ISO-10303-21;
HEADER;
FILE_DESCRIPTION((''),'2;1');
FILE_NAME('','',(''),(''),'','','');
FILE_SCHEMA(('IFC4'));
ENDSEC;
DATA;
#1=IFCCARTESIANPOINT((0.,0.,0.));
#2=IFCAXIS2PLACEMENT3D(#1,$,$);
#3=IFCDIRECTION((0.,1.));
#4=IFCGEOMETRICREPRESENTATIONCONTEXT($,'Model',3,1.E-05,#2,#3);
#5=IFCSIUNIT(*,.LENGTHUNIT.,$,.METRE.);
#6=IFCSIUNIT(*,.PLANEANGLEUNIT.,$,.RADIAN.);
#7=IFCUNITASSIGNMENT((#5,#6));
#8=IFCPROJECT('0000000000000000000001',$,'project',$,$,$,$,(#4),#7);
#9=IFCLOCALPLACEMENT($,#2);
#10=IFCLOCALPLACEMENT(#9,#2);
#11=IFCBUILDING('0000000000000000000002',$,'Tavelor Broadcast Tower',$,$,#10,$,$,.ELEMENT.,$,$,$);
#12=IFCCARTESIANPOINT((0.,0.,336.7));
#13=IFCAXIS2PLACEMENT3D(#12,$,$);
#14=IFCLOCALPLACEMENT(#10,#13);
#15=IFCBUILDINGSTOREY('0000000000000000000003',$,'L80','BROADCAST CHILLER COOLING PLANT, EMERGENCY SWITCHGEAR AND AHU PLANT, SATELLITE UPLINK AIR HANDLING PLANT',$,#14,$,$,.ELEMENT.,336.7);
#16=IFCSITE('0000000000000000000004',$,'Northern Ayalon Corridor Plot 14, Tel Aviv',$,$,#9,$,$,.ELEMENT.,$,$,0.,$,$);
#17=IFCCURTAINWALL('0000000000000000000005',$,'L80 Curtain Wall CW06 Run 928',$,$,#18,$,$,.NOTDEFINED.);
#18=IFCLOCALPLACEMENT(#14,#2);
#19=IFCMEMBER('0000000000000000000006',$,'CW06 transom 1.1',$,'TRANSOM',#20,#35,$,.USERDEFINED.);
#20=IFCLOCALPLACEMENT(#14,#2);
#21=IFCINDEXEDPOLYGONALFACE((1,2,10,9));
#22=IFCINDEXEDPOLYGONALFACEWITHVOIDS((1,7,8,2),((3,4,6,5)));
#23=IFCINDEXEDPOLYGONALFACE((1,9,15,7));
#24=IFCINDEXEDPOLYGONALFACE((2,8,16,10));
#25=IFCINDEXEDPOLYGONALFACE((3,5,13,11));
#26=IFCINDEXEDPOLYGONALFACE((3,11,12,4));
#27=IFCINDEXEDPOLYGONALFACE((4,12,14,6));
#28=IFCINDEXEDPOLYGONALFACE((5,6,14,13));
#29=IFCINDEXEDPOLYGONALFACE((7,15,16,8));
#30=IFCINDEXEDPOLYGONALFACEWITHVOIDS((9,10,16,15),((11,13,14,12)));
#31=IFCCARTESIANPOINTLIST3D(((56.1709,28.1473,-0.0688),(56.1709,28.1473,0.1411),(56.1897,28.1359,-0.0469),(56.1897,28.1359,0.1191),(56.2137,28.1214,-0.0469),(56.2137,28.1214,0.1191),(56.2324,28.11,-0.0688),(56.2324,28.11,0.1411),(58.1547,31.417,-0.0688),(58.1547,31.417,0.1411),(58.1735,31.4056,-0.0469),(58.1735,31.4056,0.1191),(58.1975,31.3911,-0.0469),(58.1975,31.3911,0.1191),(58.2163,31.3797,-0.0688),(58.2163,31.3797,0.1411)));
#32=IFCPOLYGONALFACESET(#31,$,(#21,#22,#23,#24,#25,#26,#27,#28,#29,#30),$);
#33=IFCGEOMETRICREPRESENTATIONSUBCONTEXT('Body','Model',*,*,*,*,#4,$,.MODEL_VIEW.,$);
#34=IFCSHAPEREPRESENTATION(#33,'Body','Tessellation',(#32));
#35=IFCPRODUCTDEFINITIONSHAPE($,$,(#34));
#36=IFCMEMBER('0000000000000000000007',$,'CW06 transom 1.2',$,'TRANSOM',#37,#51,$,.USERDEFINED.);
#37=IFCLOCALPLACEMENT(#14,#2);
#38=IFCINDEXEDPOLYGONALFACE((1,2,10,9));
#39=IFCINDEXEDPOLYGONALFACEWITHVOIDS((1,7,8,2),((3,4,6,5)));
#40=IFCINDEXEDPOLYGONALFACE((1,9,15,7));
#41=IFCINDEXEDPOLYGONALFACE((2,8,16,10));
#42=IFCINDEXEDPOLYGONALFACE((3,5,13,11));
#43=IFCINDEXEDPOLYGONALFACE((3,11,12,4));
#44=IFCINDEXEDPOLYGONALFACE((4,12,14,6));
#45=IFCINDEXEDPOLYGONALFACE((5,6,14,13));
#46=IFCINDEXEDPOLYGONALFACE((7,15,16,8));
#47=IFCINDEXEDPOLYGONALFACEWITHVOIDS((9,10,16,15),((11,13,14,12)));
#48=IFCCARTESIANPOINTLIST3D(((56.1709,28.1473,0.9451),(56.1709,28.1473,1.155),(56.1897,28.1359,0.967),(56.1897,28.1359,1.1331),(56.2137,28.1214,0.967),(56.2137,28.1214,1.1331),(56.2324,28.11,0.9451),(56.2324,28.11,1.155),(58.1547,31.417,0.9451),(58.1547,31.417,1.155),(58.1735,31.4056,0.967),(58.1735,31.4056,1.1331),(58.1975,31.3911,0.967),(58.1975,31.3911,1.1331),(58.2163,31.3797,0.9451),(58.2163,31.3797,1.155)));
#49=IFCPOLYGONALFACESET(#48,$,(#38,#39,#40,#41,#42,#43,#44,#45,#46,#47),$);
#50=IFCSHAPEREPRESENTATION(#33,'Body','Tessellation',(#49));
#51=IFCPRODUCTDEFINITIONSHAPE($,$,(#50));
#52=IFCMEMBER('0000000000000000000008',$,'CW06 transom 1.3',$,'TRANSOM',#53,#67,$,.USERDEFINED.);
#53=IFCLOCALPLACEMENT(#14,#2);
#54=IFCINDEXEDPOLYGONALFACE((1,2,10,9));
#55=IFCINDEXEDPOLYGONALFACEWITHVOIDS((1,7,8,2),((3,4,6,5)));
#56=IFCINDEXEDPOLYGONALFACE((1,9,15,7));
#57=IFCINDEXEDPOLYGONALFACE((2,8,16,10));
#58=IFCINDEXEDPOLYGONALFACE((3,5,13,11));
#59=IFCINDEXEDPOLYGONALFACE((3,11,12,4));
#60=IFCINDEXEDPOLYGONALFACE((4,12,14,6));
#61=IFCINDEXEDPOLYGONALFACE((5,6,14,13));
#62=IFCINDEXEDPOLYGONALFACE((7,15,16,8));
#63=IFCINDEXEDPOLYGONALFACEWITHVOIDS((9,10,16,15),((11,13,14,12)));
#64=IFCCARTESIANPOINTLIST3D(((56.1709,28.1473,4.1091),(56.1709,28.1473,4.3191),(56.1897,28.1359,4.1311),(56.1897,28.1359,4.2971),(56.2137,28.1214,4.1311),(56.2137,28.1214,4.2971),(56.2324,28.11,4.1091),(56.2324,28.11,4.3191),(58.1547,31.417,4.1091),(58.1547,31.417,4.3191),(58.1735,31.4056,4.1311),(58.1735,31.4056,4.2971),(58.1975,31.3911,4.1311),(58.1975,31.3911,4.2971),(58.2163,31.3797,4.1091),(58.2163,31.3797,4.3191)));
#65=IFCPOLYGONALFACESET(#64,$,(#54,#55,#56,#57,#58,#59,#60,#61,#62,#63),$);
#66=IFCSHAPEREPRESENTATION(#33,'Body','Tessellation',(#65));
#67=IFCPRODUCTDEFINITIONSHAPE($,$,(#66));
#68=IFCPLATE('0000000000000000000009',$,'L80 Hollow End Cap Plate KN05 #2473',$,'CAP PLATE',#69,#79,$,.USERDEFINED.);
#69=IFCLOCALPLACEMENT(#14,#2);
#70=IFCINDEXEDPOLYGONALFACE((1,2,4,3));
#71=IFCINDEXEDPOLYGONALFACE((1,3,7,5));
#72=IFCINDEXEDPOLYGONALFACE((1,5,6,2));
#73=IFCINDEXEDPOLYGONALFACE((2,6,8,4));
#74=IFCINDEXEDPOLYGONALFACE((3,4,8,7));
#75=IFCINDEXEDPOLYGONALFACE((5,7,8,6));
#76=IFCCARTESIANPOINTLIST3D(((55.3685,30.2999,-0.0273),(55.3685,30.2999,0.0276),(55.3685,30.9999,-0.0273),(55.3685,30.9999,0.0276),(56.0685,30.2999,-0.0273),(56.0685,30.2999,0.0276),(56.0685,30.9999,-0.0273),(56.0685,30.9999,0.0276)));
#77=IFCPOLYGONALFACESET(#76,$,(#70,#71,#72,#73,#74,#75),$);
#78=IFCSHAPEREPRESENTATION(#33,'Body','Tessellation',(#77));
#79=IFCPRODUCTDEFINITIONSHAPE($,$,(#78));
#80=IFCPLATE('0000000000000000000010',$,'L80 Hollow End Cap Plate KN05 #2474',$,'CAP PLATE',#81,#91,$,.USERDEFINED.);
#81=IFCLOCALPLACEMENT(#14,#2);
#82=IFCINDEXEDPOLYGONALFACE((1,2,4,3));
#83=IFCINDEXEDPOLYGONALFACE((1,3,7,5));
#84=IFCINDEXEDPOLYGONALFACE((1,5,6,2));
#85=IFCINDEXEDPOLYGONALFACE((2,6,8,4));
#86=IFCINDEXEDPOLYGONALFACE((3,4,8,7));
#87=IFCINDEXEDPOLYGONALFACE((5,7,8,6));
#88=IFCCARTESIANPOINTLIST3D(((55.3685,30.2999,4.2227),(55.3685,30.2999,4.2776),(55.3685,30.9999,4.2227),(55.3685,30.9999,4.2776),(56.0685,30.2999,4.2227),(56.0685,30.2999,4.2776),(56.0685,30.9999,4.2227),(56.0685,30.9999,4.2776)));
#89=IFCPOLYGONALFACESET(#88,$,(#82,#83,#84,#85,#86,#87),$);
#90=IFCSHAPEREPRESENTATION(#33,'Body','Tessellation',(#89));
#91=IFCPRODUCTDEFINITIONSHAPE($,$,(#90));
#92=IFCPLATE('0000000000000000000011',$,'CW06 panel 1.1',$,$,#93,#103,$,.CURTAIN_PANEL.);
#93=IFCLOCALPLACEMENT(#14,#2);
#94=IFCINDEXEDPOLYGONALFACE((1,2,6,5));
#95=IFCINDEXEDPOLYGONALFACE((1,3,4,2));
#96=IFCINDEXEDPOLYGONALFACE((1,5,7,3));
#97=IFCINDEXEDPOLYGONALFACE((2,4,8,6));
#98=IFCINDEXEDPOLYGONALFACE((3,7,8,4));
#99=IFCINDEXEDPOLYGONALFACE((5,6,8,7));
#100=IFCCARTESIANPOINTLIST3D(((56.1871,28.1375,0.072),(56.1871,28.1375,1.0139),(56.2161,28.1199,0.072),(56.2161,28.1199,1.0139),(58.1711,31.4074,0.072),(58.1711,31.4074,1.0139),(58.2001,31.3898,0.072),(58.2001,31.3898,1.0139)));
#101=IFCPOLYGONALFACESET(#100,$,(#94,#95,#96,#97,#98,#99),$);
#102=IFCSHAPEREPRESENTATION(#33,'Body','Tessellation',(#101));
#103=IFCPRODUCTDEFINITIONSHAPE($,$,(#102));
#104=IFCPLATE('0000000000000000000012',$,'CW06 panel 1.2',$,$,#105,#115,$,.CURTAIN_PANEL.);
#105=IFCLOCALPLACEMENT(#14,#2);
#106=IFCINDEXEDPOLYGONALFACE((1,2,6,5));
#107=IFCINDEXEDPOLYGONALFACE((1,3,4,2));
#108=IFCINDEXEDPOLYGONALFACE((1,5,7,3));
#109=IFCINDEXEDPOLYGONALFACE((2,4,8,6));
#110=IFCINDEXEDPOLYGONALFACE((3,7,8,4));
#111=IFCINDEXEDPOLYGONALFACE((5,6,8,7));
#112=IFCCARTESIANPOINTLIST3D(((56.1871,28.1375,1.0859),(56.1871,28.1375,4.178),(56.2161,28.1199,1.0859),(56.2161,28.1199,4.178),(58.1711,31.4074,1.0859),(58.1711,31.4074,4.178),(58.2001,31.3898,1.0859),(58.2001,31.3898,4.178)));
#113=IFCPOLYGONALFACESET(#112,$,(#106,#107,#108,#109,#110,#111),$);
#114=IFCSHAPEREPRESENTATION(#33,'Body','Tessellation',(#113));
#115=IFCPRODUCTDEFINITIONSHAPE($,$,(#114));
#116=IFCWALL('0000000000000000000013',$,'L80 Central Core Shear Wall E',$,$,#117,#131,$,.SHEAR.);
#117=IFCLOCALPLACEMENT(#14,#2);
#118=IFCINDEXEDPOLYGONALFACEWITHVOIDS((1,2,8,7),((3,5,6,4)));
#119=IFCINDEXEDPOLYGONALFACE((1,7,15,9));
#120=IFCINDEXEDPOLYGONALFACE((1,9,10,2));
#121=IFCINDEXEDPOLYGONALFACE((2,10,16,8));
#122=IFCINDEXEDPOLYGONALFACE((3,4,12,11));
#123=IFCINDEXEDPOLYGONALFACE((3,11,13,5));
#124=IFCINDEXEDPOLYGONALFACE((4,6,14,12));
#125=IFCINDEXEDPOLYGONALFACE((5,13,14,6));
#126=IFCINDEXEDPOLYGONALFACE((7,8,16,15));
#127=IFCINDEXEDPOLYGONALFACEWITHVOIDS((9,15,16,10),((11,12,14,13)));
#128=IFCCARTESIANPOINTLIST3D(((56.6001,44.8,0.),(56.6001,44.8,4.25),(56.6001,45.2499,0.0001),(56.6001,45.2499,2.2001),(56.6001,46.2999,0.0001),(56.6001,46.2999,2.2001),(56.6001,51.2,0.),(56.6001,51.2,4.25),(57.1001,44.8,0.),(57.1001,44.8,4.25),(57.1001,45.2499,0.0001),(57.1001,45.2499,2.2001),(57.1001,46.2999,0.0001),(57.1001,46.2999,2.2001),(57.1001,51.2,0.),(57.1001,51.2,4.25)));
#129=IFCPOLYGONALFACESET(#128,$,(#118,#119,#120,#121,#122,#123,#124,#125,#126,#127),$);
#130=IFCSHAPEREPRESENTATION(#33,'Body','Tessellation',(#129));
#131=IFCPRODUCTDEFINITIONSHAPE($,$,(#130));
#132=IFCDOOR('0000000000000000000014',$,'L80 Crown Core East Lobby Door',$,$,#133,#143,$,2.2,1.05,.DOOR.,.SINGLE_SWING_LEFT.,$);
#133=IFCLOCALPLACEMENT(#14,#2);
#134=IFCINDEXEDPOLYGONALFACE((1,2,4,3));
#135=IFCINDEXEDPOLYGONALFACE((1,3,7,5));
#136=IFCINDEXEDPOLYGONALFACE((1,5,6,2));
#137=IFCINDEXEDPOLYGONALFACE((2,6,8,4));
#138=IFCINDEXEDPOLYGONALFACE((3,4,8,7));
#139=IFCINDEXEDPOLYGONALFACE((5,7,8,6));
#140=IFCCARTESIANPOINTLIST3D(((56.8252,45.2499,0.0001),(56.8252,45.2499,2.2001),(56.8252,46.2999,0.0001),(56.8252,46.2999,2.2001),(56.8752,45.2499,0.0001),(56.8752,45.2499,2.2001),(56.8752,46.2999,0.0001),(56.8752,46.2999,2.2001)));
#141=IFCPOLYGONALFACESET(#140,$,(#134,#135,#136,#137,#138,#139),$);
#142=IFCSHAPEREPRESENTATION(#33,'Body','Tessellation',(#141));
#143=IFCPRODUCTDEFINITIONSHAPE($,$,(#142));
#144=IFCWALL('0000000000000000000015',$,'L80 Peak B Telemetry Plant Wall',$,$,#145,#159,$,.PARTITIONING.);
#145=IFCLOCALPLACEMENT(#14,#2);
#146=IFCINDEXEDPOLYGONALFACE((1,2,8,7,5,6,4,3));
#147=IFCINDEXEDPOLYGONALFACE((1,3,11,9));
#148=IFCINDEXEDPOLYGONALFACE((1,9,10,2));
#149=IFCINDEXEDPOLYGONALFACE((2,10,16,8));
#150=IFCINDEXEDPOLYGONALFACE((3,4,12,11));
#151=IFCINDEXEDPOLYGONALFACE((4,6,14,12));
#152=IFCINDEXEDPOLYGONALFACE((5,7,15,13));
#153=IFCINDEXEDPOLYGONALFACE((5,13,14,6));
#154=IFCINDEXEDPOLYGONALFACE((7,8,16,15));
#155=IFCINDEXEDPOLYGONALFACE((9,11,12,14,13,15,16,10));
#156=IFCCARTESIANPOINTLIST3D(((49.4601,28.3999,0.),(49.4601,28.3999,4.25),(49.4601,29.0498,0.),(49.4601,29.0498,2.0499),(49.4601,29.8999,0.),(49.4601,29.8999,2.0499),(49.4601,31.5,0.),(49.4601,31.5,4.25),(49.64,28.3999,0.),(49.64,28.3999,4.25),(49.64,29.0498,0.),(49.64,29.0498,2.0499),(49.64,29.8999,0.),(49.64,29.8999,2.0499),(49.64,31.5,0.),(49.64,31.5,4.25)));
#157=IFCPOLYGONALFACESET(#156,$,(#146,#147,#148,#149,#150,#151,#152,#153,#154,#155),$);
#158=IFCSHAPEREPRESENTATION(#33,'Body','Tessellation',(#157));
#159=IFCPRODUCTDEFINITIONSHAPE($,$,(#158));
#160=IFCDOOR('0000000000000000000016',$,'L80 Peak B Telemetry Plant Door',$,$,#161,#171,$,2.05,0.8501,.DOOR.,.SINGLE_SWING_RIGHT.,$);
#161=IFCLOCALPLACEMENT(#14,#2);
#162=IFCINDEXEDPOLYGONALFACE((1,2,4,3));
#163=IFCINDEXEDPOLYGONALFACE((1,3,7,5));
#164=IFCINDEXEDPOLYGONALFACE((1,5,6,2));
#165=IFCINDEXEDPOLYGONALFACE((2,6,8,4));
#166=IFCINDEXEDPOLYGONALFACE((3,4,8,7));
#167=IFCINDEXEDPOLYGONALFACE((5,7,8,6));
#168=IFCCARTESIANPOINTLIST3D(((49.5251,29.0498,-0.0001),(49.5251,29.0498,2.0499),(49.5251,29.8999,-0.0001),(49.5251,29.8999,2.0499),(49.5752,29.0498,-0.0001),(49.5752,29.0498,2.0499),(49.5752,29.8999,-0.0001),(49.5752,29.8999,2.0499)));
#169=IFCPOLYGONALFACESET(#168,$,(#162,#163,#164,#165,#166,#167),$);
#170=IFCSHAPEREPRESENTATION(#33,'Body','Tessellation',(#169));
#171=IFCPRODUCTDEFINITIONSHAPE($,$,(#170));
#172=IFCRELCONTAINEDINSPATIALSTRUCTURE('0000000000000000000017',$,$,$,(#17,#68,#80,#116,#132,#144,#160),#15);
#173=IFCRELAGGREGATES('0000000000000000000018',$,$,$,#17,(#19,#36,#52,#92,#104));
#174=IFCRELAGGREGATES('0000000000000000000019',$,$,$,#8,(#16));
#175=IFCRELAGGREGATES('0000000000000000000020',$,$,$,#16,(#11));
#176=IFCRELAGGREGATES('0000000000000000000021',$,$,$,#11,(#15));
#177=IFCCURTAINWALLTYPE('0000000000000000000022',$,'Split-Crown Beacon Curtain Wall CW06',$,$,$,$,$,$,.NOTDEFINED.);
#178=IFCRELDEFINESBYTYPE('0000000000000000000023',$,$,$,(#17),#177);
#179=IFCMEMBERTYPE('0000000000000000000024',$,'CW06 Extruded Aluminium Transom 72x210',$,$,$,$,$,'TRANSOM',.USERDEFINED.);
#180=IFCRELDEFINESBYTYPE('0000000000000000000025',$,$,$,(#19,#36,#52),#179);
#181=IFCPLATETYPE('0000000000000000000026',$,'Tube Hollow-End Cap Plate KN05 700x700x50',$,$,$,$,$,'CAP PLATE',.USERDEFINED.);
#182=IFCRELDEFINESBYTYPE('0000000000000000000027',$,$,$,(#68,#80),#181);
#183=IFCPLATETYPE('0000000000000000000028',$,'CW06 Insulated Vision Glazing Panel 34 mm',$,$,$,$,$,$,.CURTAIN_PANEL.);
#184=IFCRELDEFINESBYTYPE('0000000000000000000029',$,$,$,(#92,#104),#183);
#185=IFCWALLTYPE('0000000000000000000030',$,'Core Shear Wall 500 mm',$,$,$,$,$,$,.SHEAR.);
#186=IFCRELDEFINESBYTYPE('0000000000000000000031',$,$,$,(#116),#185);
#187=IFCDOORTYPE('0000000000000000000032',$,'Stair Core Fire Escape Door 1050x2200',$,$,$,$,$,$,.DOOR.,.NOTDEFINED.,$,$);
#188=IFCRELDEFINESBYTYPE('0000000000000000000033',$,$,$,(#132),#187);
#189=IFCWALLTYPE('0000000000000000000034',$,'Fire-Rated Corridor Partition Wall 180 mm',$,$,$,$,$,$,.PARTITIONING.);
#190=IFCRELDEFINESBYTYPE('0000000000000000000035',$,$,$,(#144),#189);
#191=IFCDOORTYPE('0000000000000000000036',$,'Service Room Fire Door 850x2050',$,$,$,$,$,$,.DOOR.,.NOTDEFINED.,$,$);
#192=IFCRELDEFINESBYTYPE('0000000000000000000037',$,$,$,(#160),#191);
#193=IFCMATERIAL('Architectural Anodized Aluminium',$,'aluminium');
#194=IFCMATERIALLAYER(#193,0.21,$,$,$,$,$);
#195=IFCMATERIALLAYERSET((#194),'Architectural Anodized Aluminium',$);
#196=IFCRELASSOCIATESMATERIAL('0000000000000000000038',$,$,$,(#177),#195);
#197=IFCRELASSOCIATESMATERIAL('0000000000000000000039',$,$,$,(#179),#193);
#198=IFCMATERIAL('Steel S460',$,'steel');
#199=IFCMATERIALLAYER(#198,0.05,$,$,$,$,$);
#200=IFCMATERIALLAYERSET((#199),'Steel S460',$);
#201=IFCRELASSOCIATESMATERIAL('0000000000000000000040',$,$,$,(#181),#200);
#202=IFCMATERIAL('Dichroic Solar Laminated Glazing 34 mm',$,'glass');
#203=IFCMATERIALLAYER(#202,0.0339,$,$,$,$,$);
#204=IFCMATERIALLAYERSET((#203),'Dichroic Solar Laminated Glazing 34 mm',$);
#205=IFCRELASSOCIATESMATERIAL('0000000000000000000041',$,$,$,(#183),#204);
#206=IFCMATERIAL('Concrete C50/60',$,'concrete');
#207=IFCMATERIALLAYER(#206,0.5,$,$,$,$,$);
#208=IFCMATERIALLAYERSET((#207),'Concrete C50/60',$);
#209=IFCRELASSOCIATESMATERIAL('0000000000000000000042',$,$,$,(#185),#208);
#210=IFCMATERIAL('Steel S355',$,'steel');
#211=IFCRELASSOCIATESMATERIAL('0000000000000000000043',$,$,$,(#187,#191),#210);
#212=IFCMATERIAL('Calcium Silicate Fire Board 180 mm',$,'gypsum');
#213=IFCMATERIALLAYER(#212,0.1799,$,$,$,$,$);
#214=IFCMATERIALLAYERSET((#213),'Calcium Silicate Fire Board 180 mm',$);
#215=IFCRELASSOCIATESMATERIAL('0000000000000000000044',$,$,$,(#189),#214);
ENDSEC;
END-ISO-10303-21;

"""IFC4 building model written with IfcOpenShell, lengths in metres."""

from ifc_helpers import new_model, si_unit, direction, frame, frame_2d, origin, origin_2d, place, context, subcontext, project, spatial, rectangle, hollow_rectangle, extrude, source, transform, mapped, material, layer, layer_set, material_profile, profile_set, type_object, type_shapes, element, fill, aggregate, save


model = new_model("IFC4")

# Units and contexts
model_context = context("Model", 3, precision=1e-05, world=origin(), true_north=direction((0.0, 1.0)))
body_context = subcontext(model_context, "Body", "Model", "MODEL_VIEW")
ifc_project = project(units=[si_unit("LENGTHUNIT", "METRE"), si_unit("PLANEANGLEUNIT", "RADIAN")], contexts=[model_context])

# Site, building, storey
site_placement = place(None, origin())
site = spatial("IfcSite", under=ifc_project, at=site_placement, Name="Northern Ayalon Corridor Plot 14, Tel Aviv", CompositionType="ELEMENT", RefElevation=0.0)
building_placement = place(site_placement, origin())
building = spatial("IfcBuilding", under=site, at=building_placement, Name="Tavelor Broadcast Tower", CompositionType="ELEMENT")
storey_placement = place(building_placement, frame((0.0, 0.0, 336.7)))
storey = spatial("IfcBuildingStorey", under=building, at=storey_placement, Name="L80", Description="BROADCAST CHILLER COOLING PLANT, EMERGENCY SWITCHGEAR AND AHU PLANT, SATELLITE UPLINK AIR HANDLING PLANT", CompositionType="ELEMENT", Elevation=336.7)

# Shared definitions
ifc_material_1 = material(Name="Steel S355", Category="steel")

# Shared definitions
ifc_material_2 = material(Name="Architectural Anodized Aluminium", Category="aluminium")
ifc_layer_1 = layer(ifc_material_2, 0.21)
ifc_layer_set_1 = layer_set([ifc_layer_1], Name="Architectural Anodized Aluminium")
curtain_wall_type = type_object("IfcCurtainWallType", Name="Split-Crown Beacon Curtain Wall CW06", PredefinedType="NOTDEFINED", material=ifc_layer_set_1)

# Curtain wall
curtain_wall_1_placement = place(storey_placement, origin())
curtain_wall_1 = element("IfcCurtainWall", 1, at=curtain_wall_1_placement, inside=storey, type_object=curtain_wall_type, Name="L80 Curtain Wall CW06 Run 928", PredefinedType="NOTDEFINED")

# Members
ifc_material_profile_1 = material_profile(ifc_material_2, hollow_rectangle(XDim=0.072, YDim=0.21, WallThickness=0.022, at=origin_2d()), Name="RHS 72x210x22")
ifc_profile_set_1 = profile_set([ifc_material_profile_1], Name="Architectural Anodized Aluminium")
member_type_1 = type_object("IfcMemberType", Name="CW06 Extruded Aluminium Transom 72x210", ElementType="TRANSOM", PredefinedType="USERDEFINED", material=ifc_profile_set_1)
shared_shape_1 = source(origin(), body_context, "Body", "SweptSolid", [
    extrude(hollow_rectangle(XDim=0.072, YDim=0.21, WallThickness=0.022, at=origin_2d()), origin(), (0.0, 0.0, 1.0), 3.8245),
])
member_1_placement = place(storey_placement, frame((56.2017, 28.1287, 0.0361), z_axis=(0.518723, 0.854942, 0.0), x_axis=(-0.854942, 0.518723, 0.0)))
member_1 = element("IfcMember", 2, at=member_1_placement, type_object=member_type_1, Name="CW06 transom 1.1", ObjectType="TRANSOM", PredefinedType="USERDEFINED", context=body_context, shape_type="MappedRepresentation", body=[
    mapped(shared_shape_1, transform((0.0, 0.0, 0.0), scale=1.0)),
])
member_2_placement = place(storey_placement, frame((56.2017, 28.1287, 1.05), z_axis=(0.518723, 0.854942, 0.0), x_axis=(-0.854942, 0.518723, 0.0)))
member_2 = element("IfcMember", 3, at=member_2_placement, type_object=member_type_1, Name="CW06 transom 1.2", ObjectType="TRANSOM", PredefinedType="USERDEFINED", context=body_context, shape_type="MappedRepresentation", body=[
    mapped(shared_shape_1, transform((0.0, 0.0, 0.0), scale=1.0)),
])
member_3_placement = place(storey_placement, frame((56.2017, 28.1287, 4.2141), z_axis=(0.518723, 0.854942, 0.0), x_axis=(-0.854942, 0.518723, 0.0)))
member_3 = element("IfcMember", 4, at=member_3_placement, type_object=member_type_1, Name="CW06 transom 1.3", ObjectType="TRANSOM", PredefinedType="USERDEFINED", context=body_context, shape_type="MappedRepresentation", body=[
    mapped(shared_shape_1, transform((0.0, 0.0, 0.0), scale=1.0)),
])

# Plates
ifc_material_3 = material(Name="Steel S460", Category="steel")
ifc_layer_2 = layer(ifc_material_3, 0.05)
ifc_layer_set_2 = layer_set([ifc_layer_2], Name="Steel S460")
plate_type_1 = type_object("IfcPlateType", Name="Tube Hollow-End Cap Plate KN05 700x700x50", ElementType="CAP PLATE", PredefinedType="USERDEFINED", material=ifc_layer_set_2)
shared_shape_2 = source(origin(), body_context, "Body", "SweptSolid", [
    extrude(rectangle(XDim=0.7, YDim=0.7, at=origin_2d()), origin(), (0.0, 0.0, 1.0), 0.0549),
])
type_shapes(plate_type_1, [shared_shape_2])
for number, where, z_axis, x_axis, name in (
    (5, (55.7185, 30.6499, -0.0273), (0.0, 0.0, 1.0), (1.0, 0.0, 0.0), "L80 Hollow End Cap Plate KN05 #2473"),
    (6, (55.7185, 30.6499, 4.2227), (0.0, 0.0, 1.0), (1.0, 0.0, 0.0), "L80 Hollow End Cap Plate KN05 #2474"),
):
    element("IfcPlate", number, at=place(storey_placement, frame(where, z_axis=z_axis, x_axis=x_axis)), inside=storey, type_object=plate_type_1, Name=name, ObjectType="CAP PLATE", PredefinedType="USERDEFINED", context=body_context, shape_type="MappedRepresentation", body=[
        mapped(shared_shape_2, transform((0.0, 0.0, 0.0), scale=1.0)),
    ])

# Plates
ifc_material_4 = material(Name="Dichroic Solar Laminated Glazing 34 mm", Category="glass")
ifc_layer_3 = layer(ifc_material_4, 0.0339)
ifc_layer_set_3 = layer_set([ifc_layer_3], Name="Dichroic Solar Laminated Glazing 34 mm")
plate_type_2 = type_object("IfcPlateType", Name="CW06 Insulated Vision Glazing Panel 34 mm", PredefinedType="CURTAIN_PANEL", material=ifc_layer_set_3)
shared_shape_3 = source(origin(), body_context, "Body", "SweptSolid", [
    extrude(rectangle(XDim=3.8247, YDim=0.0339, at=origin_2d()), origin(), (0.0, 0.0, 1.0), 0.9419),
])
plate_1_placement = place(storey_placement, frame((57.1936, 29.7637, 0.072), z_axis=(0.0, 0.0, 1.0), x_axis=(0.518743, 0.85493, 0.0)))
plate_1 = element("IfcPlate", 7, at=plate_1_placement, type_object=plate_type_2, Name="CW06 panel 1.1", PredefinedType="CURTAIN_PANEL", context=body_context, shape_type="MappedRepresentation", body=[
    mapped(shared_shape_3, transform((0.0, 0.0, 0.0), scale=1.0)),
])
shared_shape_4 = source(origin(), body_context, "Body", "SweptSolid", [
    extrude(rectangle(XDim=3.8247, YDim=0.0339, at=origin_2d()), origin(), (0.0, 0.0, 1.0), 3.092),
])
type_shapes(plate_type_2, [shared_shape_3, shared_shape_4])
plate_2_placement = place(storey_placement, frame((57.1936, 29.7637, 1.0859), z_axis=(0.0, 0.0, 1.0), x_axis=(0.518743, 0.85493, 0.0)))
plate_2 = element("IfcPlate", 8, at=plate_2_placement, type_object=plate_type_2, Name="CW06 panel 1.2", PredefinedType="CURTAIN_PANEL", context=body_context, shape_type="MappedRepresentation", body=[
    mapped(shared_shape_4, transform((0.0, 0.0, 0.0), scale=1.0)),
])
aggregate(curtain_wall_1, [member_1, member_2, member_3, plate_1, plate_2])

# Walls, openings, doors
ifc_material_5 = material(Name="Concrete C50/60", Category="concrete")
ifc_layer_4 = layer(ifc_material_5, 0.5)
ifc_layer_set_4 = layer_set([ifc_layer_4], Name="Concrete C50/60")
wall_type_1 = type_object("IfcWallType", Name="Core Shear Wall 500 mm", PredefinedType="SHEAR", material=ifc_layer_set_4)
wall_1_placement = place(storey_placement, frame((56.8501, 44.8, 0.0), z_axis=(0.0, 0.0, 1.0), x_axis=(0.0, 1.0, 0.0)))
wall_1 = element("IfcWall", 9, at=wall_1_placement, inside=storey, type_object=wall_type_1, Name="L80 Central Core Shear Wall E", PredefinedType="SHEAR", context=body_context, shape_type="SweptSolid", body=[
    extrude(rectangle(XDim=6.3999, YDim=0.5, at=frame_2d((3.2, 0.0))), origin(), (0.0, 0.0, 1.0), 4.25),
])
opening_1_placement = place(wall_1_placement, frame((0.45, 0.0, 0.0)))
opening_1 = element("IfcOpeningElement", 10, at=opening_1_placement, cuts=wall_1, PredefinedType="OPENING", context=body_context, shape_type="SweptSolid", body=[
    extrude(rectangle(XDim=1.05, YDim=2.2, at=frame_2d((0.5249, 1.1001))), frame((0.0, 0.26, 0.0), z_axis=(0.0, -1.0, 0.0), x_axis=(1.0, 0.0, 0.0)), (0.0, 0.0, 1.0), 0.52),
])
door_type_1 = type_object("IfcDoorType", Name="Stair Core Fire Escape Door 1050x2200", OperationType="NOTDEFINED", PredefinedType="DOOR", material=ifc_material_1)
door_1_placement = place(opening_1_placement, origin())
door_1 = element("IfcDoor", 11, at=door_1_placement, inside=storey, type_object=door_type_1, Name="L80 Crown Core East Lobby Door", OperationType="SINGLE_SWING_LEFT", OverallHeight=2.2, OverallWidth=1.05, PredefinedType="DOOR", context=body_context, shape_type="SweptSolid", body=[
    extrude(rectangle(XDim=1.05, YDim=2.2, at=frame_2d((0.5249, 1.1001))), frame((0.0, 0.0249, 0.0), z_axis=(0.0, -1.0, 0.0), x_axis=(1.0, 0.0, 0.0)), (0.0, 0.0, 1.0), 0.05),
])
fill(opening_1, door_1)
ifc_material_6 = material(Name="Calcium Silicate Fire Board 180 mm", Category="gypsum")
ifc_layer_5 = layer(ifc_material_6, 0.1799)
ifc_layer_set_5 = layer_set([ifc_layer_5], Name="Calcium Silicate Fire Board 180 mm")
wall_type_2 = type_object("IfcWallType", Name="Fire-Rated Corridor Partition Wall 180 mm", PredefinedType="PARTITIONING", material=ifc_layer_set_5)
wall_2_placement = place(storey_placement, frame((49.55, 28.3999, 0.0), z_axis=(0.0, 0.0, 1.0), x_axis=(0.0, 1.0, 0.0)))
wall_2 = element("IfcWall", 12, at=wall_2_placement, inside=storey, type_object=wall_type_2, Name="L80 Peak B Telemetry Plant Wall", PredefinedType="PARTITIONING", context=body_context, shape_type="SweptSolid", body=[
    extrude(rectangle(XDim=3.1001, YDim=0.1799, at=frame_2d((1.55, 0.0))), origin(), (0.0, 0.0, 1.0), 4.25),
])
opening_2_placement = place(wall_2_placement, frame((0.6499, 0.0, 0.0)))
opening_2 = element("IfcOpeningElement", 13, at=opening_2_placement, cuts=wall_2, PredefinedType="OPENING", context=body_context, shape_type="SweptSolid", body=[
    extrude(rectangle(XDim=0.8501, YDim=2.05, at=frame_2d((0.425, 1.0249))), frame((0.0, 0.1001, 0.0), z_axis=(0.0, -1.0, 0.0), x_axis=(1.0, 0.0, 0.0)), (0.0, 0.0, 1.0), 0.2),
])
door_type_2 = type_object("IfcDoorType", Name="Service Room Fire Door 850x2050", OperationType="NOTDEFINED", PredefinedType="DOOR", material=ifc_material_1)
door_2_placement = place(opening_2_placement, origin())
door_2 = element("IfcDoor", 14, at=door_2_placement, inside=storey, type_object=door_type_2, Name="L80 Peak B Telemetry Plant Door", OperationType="SINGLE_SWING_RIGHT", OverallHeight=2.05, OverallWidth=0.8501, PredefinedType="DOOR", context=body_context, shape_type="SweptSolid", body=[
    extrude(rectangle(XDim=0.8501, YDim=2.05, at=frame_2d((0.425, 1.0249))), frame((0.0, 0.0249, 0.0), z_axis=(0.0, -1.0, 0.0), x_axis=(1.0, 0.0, 0.0)), (0.0, 0.0, 1.0), 0.05),
])
fill(opening_2, door_2)

save(model, "model.ifc")
